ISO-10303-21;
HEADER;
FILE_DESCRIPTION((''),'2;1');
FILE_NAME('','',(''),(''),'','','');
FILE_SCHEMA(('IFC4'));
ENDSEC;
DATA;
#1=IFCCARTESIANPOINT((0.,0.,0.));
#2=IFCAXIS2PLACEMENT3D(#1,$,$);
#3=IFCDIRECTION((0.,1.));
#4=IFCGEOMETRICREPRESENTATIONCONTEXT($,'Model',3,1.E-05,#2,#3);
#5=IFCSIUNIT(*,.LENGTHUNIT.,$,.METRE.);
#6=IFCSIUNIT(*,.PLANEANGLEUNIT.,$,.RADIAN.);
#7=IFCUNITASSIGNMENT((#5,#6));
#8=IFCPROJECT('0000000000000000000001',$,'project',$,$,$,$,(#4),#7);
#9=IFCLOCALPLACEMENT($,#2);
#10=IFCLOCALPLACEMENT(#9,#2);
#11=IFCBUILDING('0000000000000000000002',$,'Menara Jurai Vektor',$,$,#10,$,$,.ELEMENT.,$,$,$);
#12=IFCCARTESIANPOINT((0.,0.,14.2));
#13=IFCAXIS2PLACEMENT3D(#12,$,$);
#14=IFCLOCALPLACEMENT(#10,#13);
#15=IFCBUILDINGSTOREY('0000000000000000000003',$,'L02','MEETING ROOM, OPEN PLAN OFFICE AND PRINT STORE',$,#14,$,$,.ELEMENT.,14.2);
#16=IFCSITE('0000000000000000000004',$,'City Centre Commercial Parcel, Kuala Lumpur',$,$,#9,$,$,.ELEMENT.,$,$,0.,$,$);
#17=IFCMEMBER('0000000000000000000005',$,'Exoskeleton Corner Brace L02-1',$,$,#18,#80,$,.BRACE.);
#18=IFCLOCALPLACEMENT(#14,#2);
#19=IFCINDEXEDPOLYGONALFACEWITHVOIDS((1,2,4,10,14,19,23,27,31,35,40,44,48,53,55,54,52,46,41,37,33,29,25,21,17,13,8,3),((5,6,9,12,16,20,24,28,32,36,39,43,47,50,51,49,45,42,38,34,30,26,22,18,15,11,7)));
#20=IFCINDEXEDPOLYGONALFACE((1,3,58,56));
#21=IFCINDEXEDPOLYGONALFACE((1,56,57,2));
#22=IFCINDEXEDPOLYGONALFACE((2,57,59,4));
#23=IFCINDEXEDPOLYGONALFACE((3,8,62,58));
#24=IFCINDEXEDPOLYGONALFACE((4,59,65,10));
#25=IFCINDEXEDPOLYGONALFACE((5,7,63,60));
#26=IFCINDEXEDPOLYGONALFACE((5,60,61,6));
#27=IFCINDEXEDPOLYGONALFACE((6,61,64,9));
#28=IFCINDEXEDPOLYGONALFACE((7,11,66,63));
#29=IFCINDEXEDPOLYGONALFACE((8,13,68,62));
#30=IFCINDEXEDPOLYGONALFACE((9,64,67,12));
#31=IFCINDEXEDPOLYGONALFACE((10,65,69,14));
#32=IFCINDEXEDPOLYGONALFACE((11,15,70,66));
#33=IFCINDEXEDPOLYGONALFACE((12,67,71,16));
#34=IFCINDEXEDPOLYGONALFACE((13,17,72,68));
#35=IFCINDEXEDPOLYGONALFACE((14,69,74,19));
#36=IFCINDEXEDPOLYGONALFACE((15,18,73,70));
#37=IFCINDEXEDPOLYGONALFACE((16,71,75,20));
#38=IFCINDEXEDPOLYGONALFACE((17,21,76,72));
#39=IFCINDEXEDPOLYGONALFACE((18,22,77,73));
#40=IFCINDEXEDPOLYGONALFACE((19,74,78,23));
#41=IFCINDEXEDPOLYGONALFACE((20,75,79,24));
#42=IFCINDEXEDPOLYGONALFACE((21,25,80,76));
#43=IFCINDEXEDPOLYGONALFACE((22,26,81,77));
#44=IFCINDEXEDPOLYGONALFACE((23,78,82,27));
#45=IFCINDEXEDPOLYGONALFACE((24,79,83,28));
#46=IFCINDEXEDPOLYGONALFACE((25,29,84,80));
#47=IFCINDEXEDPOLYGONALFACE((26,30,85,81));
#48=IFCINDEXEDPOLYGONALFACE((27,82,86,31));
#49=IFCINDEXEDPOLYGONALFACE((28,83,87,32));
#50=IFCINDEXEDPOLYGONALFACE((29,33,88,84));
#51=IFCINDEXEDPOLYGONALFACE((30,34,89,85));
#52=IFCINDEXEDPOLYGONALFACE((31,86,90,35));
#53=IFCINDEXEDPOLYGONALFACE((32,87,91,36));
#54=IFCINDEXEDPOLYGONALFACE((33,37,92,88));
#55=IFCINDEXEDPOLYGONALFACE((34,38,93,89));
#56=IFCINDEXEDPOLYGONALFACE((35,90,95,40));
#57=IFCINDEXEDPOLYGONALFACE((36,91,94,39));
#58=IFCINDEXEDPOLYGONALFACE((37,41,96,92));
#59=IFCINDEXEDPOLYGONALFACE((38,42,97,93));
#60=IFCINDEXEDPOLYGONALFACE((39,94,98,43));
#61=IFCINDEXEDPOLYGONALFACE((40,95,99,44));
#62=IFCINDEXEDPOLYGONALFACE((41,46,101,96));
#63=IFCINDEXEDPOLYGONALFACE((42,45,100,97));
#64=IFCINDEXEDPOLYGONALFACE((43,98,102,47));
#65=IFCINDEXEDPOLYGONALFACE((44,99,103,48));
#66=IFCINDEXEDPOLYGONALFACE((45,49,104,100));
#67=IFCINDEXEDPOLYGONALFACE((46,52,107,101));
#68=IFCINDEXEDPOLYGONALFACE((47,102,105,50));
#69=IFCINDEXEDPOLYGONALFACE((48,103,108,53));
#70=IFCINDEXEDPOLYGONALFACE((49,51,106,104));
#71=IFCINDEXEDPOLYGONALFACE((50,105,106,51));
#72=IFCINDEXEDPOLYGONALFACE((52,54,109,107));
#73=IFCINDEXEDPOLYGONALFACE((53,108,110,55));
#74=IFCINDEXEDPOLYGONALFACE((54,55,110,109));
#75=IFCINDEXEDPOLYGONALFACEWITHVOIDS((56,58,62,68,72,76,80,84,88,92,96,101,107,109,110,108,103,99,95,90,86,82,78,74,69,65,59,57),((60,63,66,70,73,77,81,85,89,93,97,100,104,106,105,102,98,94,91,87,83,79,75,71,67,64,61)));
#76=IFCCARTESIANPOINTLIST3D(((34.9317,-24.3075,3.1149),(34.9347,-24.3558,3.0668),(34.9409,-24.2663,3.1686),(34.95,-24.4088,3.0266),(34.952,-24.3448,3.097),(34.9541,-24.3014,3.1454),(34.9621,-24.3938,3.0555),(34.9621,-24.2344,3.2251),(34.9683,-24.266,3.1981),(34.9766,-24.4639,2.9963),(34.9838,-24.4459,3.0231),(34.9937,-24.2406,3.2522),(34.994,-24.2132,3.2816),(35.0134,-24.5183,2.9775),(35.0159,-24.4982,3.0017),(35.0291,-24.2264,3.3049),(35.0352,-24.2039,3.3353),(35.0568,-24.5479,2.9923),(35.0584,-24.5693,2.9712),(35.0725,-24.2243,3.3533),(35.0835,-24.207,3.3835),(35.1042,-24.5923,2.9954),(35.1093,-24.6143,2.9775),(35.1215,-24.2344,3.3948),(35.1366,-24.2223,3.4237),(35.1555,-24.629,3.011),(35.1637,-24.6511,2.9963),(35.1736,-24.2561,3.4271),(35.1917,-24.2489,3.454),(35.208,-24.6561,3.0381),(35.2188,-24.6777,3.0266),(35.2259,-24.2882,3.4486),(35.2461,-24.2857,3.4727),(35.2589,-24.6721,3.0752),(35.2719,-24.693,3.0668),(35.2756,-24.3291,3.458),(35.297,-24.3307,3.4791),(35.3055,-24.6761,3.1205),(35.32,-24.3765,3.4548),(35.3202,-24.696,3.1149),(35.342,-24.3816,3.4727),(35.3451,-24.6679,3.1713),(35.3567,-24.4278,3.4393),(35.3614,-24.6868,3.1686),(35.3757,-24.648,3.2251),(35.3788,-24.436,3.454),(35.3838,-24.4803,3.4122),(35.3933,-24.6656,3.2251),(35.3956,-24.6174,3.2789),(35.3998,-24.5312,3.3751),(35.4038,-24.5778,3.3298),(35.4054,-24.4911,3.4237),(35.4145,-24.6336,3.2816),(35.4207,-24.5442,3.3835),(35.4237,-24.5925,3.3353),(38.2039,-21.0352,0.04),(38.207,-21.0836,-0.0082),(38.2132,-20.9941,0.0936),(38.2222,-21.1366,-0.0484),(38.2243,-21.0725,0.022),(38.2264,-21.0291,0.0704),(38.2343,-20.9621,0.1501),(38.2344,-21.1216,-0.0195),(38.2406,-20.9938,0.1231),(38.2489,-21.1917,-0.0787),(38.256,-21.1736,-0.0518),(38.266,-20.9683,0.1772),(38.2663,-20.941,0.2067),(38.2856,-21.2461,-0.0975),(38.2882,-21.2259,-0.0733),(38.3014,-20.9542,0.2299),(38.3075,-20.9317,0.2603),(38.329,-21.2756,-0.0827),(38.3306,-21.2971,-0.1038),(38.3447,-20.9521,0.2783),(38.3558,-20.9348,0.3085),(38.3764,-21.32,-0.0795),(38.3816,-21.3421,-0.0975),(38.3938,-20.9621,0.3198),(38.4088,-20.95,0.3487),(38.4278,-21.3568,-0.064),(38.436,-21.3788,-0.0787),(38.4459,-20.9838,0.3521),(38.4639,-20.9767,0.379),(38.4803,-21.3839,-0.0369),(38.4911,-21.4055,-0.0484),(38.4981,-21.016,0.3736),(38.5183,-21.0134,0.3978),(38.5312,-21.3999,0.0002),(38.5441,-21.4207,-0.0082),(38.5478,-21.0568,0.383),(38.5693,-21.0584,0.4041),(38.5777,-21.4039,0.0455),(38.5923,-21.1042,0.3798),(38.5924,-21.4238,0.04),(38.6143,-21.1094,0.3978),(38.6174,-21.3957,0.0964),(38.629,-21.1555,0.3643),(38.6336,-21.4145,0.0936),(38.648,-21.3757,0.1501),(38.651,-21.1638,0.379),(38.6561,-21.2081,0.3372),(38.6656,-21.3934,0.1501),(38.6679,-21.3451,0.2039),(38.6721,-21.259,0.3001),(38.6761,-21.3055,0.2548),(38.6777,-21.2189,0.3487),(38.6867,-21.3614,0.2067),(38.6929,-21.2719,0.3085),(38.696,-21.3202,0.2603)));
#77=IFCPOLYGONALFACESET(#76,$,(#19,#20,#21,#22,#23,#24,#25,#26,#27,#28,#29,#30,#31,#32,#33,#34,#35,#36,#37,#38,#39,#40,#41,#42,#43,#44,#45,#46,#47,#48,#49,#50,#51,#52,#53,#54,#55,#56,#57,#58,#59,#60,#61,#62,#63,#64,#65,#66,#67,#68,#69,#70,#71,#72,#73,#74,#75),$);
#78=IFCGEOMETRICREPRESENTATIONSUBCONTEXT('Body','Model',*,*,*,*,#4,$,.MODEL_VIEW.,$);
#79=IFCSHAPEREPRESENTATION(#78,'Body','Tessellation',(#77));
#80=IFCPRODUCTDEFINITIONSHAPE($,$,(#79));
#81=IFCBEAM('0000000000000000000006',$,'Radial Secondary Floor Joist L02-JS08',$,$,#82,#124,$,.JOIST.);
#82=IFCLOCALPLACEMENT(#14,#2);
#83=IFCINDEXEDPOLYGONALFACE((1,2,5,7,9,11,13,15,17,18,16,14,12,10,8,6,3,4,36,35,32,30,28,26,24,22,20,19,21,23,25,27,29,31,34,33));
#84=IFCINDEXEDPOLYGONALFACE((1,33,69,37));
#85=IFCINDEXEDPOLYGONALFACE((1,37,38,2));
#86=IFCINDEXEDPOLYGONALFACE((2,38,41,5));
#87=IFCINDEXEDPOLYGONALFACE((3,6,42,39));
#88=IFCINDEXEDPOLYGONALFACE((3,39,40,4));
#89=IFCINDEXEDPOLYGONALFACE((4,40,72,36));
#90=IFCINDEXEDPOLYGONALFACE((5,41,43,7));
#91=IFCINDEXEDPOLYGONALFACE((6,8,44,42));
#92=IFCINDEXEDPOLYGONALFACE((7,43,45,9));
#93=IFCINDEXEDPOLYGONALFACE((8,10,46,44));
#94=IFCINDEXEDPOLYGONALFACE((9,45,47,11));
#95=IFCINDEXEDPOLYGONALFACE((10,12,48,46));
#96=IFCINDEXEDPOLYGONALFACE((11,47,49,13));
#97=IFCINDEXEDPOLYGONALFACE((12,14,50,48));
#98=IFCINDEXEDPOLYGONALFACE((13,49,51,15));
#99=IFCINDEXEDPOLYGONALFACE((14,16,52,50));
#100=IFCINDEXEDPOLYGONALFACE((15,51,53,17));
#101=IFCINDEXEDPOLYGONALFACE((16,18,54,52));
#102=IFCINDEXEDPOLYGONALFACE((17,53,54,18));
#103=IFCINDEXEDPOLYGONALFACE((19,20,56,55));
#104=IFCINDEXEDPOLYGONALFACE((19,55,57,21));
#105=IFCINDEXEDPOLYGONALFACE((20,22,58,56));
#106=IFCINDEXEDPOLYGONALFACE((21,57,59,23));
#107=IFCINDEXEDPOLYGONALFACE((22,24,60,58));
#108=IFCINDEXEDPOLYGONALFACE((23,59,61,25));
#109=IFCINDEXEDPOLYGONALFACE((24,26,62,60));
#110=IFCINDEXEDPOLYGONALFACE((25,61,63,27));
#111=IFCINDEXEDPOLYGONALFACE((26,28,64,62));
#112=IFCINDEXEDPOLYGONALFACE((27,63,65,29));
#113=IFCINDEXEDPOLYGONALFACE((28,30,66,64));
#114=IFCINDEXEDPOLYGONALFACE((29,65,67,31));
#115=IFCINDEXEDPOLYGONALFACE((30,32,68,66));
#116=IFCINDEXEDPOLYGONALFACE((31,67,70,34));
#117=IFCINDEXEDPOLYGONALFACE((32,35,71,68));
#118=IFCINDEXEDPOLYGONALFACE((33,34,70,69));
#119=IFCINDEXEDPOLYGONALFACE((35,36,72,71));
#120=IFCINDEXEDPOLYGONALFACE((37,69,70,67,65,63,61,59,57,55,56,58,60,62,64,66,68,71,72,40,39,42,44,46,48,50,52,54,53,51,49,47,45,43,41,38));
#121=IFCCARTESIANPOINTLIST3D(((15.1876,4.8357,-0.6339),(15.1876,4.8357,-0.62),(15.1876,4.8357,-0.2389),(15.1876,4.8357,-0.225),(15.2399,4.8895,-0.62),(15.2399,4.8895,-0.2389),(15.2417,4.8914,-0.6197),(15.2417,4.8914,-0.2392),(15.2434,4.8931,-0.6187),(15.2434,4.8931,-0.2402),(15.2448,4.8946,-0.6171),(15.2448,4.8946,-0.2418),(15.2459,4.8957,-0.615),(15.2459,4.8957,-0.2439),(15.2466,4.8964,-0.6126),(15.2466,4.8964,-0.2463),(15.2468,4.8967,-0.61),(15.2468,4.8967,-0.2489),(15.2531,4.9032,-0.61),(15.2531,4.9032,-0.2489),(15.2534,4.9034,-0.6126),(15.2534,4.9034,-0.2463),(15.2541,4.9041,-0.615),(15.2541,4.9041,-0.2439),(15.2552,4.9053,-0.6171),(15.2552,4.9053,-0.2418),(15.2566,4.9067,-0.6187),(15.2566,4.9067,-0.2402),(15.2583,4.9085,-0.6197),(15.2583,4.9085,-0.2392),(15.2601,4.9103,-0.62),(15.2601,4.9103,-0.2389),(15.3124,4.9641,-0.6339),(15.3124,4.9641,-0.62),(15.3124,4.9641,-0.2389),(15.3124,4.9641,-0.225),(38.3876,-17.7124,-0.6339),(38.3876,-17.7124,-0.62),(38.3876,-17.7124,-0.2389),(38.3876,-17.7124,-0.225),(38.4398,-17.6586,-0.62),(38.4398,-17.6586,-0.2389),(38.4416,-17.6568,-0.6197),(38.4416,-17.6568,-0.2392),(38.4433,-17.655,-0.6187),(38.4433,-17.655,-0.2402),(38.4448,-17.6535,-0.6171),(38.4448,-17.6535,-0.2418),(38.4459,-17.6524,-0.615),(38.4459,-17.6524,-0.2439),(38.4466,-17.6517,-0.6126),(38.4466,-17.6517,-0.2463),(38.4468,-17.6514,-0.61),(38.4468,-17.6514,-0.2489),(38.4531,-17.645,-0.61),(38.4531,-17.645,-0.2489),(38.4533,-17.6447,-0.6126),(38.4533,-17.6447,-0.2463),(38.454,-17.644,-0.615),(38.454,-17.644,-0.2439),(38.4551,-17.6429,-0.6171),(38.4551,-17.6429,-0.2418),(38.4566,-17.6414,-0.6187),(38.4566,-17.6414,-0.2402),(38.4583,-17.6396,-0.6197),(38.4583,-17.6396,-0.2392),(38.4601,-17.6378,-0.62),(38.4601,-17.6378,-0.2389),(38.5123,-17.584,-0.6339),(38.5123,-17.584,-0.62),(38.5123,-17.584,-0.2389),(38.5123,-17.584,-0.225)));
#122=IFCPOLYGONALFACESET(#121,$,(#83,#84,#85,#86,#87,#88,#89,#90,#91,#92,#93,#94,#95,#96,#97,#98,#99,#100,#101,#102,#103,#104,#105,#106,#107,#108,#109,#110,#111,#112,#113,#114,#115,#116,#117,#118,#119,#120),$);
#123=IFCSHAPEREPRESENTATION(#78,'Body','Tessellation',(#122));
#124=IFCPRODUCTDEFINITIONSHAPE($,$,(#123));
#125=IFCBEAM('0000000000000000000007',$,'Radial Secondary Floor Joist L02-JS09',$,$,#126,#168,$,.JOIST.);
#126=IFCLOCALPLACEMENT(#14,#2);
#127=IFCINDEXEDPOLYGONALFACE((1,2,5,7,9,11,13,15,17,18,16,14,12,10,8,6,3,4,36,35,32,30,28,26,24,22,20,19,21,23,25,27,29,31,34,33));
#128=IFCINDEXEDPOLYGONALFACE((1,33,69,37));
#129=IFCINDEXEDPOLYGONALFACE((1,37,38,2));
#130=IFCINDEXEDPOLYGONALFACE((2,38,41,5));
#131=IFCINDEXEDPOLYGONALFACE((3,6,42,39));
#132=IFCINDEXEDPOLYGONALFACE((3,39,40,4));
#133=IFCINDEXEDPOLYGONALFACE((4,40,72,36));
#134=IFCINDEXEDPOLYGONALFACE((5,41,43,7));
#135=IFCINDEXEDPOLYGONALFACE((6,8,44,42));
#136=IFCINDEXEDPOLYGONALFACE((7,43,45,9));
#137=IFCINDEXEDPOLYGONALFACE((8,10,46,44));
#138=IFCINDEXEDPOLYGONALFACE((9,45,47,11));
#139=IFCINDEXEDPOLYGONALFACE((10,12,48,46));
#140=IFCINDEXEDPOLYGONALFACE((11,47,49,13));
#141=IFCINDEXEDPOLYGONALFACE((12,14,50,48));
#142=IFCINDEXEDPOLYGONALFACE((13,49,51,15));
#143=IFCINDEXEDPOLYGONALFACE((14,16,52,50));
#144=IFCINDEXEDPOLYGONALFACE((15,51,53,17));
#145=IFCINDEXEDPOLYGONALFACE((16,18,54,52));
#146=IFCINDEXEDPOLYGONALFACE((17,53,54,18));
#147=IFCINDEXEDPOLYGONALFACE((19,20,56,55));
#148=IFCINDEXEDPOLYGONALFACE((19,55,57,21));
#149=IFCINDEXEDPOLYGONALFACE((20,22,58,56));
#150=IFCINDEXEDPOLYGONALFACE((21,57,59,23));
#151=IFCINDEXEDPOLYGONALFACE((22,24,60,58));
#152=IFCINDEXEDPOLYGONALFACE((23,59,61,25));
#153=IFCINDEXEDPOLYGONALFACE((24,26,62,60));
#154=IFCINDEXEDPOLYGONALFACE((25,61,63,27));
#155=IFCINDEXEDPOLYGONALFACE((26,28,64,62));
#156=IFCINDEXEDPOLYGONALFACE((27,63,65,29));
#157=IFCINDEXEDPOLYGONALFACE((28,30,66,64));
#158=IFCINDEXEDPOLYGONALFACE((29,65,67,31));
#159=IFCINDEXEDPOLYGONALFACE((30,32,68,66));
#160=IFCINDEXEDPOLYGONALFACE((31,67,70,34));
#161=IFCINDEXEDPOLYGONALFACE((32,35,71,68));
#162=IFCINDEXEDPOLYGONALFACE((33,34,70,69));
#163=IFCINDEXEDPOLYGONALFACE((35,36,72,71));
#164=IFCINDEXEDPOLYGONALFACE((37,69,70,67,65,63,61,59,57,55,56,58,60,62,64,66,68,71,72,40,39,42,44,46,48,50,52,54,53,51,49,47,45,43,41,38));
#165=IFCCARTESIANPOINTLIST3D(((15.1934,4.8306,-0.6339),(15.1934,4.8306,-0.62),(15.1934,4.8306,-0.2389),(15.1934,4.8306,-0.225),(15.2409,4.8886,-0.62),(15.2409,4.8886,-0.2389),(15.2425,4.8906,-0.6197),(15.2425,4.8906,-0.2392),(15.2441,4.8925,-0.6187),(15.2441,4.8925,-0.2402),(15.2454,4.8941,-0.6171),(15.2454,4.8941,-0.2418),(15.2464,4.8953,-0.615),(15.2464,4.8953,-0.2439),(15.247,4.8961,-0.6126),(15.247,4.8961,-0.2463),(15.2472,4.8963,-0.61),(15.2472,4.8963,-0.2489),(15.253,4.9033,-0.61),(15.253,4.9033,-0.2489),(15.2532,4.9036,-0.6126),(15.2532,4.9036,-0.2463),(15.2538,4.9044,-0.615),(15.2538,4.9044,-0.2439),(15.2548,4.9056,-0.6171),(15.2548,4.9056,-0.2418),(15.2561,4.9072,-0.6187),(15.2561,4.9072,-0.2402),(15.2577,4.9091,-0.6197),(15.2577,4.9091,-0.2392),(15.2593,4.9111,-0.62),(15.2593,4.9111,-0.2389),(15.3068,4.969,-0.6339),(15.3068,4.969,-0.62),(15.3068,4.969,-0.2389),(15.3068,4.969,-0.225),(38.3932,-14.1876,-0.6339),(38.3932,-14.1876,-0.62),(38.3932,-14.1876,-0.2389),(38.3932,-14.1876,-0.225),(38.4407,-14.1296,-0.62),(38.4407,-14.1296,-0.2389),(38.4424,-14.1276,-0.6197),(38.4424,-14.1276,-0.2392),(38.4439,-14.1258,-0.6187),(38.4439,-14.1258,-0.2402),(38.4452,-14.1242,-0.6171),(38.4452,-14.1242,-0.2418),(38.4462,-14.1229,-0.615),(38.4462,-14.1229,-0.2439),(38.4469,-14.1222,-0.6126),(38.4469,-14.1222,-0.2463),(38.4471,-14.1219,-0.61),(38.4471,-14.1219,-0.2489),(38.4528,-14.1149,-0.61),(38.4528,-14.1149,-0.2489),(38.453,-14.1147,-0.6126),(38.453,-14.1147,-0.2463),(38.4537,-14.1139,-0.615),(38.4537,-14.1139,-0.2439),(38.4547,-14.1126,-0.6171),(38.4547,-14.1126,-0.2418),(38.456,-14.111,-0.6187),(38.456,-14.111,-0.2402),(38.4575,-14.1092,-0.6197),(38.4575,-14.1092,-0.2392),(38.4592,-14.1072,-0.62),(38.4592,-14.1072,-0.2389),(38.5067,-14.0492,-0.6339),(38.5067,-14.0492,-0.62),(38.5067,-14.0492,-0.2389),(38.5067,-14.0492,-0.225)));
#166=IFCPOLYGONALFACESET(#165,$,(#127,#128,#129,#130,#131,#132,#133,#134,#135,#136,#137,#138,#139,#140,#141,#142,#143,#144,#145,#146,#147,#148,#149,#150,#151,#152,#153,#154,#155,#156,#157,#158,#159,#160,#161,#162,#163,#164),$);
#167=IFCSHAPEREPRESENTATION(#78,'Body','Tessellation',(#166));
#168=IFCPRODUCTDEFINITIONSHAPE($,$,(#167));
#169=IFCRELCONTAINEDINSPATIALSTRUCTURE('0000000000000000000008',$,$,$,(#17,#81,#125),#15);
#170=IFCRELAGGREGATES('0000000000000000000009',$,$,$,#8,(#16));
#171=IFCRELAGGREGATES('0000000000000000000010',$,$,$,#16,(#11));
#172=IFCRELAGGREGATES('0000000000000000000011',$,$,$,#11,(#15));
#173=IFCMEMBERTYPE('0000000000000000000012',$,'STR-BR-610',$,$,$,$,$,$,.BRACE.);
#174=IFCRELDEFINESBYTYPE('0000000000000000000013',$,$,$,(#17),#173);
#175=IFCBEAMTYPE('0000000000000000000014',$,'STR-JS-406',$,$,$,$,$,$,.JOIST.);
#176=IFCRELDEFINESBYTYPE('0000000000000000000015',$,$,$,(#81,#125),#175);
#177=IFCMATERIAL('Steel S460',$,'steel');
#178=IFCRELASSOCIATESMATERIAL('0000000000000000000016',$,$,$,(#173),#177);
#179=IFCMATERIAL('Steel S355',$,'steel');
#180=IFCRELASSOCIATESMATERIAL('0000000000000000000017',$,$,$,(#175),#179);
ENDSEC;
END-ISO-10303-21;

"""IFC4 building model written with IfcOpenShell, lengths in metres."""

from ifc_helpers import new_model, si_unit, direction, frame, origin, origin_2d, place, context, subcontext, project, spatial, hollow_circle, i_section, extrude, material, material_profile, profile_set, type_object, element, save


model = new_model("IFC4")

# Units and contexts
model_context = context("Model", 3, precision=1e-05, world=origin(), true_north=direction((0.0, 1.0)))
body_context = subcontext(model_context, "Body", "Model", "MODEL_VIEW")
ifc_project = project(units=[si_unit("LENGTHUNIT", "METRE"), si_unit("PLANEANGLEUNIT", "RADIAN")], contexts=[model_context])

# Site, building, storey
site_placement = place(None, origin())
site = spatial("IfcSite", under=ifc_project, at=site_placement, Name="City Centre Commercial Parcel, Kuala Lumpur", CompositionType="ELEMENT", RefElevation=0.0)
building_placement = place(site_placement, origin())
building = spatial("IfcBuilding", under=site, at=building_placement, Name="Menara Jurai Vektor", CompositionType="ELEMENT")
storey_placement = place(building_placement, frame((0.0, 0.0, 14.2)))
storey = spatial("IfcBuildingStorey", under=building, at=storey_placement, Name="L02", Description="MEETING ROOM, OPEN PLAN OFFICE AND PRINT STORE", CompositionType="ELEMENT", Elevation=14.2)

# Shared definitions
ifc_material_1 = material(Name="Steel S460", Category="steel")

# Shared definitions
ifc_material_2 = material(Name="Steel S355", Category="steel")

# Member
ifc_material_profile_1 = material_profile(ifc_material_1, hollow_circle(Radius=0.3049, WallThickness=0.0249, at=origin_2d()), Name="CHS 610x25")
ifc_profile_set_1 = profile_set([ifc_material_profile_1], Name="Steel S460")
member_type_1 = type_object("IfcMemberType", Name="STR-BR-610", PredefinedType="BRACE", material=ifc_profile_set_1)
member_1_placement = place(storey_placement, frame((38.45, -21.1777, 0.1501), z_axis=(-0.588942, -0.588942, 0.553438), x_axis=(0.707107, -0.707107, 0.0)))
element("IfcMember", 1, at=member_1_placement, inside=storey, type_object=member_type_1, Name="Exoskeleton Corner Brace L02-1", PredefinedType="BRACE", context=body_context, shape_type="SweptSolid", body=[
    extrude(hollow_circle(Radius=0.3049, WallThickness=0.0249, at=origin_2d()), origin(), (0.0, 0.0, 1.0), 5.5562),
])

# Beams
ifc_material_profile_2 = material_profile(ifc_material_2, i_section(OverallWidth=0.179, OverallDepth=0.4089, WebThickness=0.009, FlangeThickness=0.0139, FilletRadius=0.01, at=origin_2d()), Name="UKB 406x178x67")
ifc_profile_set_2 = profile_set([ifc_material_profile_2], Name="Steel S355")
beam_type_1 = type_object("IfcBeamType", Name="STR-JS-406", PredefinedType="JOIST", material=ifc_profile_set_2)
beam_1_placement = place(storey_placement, frame((38.45, -17.6482, -0.4294), z_axis=(-0.717109, 0.696961, 0.0), x_axis=(-0.696961, -0.717109, 0.0)))
element("IfcBeam", 2, at=beam_1_placement, inside=storey, type_object=beam_type_1, Name="Radial Secondary Floor Joist L02-JS08", PredefinedType="JOIST", context=body_context, shape_type="SweptSolid", body=[
    extrude(i_section(OverallWidth=0.179, OverallDepth=0.4089, WebThickness=0.009, FlangeThickness=0.0139, FilletRadius=0.01, at=origin_2d()), origin(), (0.0, 0.0, 1.0), 32.3521),
])
beam_2_placement = place(storey_placement, frame((38.45, -14.1184, -0.4294), z_axis=(-0.77336, 0.633967, 0.0), x_axis=(-0.633967, -0.77336, 0.0)))
element("IfcBeam", 3, at=beam_2_placement, inside=storey, type_object=beam_type_1, Name="Radial Secondary Floor Joist L02-JS09", PredefinedType="JOIST", context=body_context, shape_type="SweptSolid", body=[
    extrude(i_section(OverallWidth=0.179, OverallDepth=0.4089, WebThickness=0.009, FlangeThickness=0.0139, FilletRadius=0.01, at=origin_2d()), origin(), (0.0, 0.0, 1.0), 29.9988),
])

save(model, "model.ifc")
